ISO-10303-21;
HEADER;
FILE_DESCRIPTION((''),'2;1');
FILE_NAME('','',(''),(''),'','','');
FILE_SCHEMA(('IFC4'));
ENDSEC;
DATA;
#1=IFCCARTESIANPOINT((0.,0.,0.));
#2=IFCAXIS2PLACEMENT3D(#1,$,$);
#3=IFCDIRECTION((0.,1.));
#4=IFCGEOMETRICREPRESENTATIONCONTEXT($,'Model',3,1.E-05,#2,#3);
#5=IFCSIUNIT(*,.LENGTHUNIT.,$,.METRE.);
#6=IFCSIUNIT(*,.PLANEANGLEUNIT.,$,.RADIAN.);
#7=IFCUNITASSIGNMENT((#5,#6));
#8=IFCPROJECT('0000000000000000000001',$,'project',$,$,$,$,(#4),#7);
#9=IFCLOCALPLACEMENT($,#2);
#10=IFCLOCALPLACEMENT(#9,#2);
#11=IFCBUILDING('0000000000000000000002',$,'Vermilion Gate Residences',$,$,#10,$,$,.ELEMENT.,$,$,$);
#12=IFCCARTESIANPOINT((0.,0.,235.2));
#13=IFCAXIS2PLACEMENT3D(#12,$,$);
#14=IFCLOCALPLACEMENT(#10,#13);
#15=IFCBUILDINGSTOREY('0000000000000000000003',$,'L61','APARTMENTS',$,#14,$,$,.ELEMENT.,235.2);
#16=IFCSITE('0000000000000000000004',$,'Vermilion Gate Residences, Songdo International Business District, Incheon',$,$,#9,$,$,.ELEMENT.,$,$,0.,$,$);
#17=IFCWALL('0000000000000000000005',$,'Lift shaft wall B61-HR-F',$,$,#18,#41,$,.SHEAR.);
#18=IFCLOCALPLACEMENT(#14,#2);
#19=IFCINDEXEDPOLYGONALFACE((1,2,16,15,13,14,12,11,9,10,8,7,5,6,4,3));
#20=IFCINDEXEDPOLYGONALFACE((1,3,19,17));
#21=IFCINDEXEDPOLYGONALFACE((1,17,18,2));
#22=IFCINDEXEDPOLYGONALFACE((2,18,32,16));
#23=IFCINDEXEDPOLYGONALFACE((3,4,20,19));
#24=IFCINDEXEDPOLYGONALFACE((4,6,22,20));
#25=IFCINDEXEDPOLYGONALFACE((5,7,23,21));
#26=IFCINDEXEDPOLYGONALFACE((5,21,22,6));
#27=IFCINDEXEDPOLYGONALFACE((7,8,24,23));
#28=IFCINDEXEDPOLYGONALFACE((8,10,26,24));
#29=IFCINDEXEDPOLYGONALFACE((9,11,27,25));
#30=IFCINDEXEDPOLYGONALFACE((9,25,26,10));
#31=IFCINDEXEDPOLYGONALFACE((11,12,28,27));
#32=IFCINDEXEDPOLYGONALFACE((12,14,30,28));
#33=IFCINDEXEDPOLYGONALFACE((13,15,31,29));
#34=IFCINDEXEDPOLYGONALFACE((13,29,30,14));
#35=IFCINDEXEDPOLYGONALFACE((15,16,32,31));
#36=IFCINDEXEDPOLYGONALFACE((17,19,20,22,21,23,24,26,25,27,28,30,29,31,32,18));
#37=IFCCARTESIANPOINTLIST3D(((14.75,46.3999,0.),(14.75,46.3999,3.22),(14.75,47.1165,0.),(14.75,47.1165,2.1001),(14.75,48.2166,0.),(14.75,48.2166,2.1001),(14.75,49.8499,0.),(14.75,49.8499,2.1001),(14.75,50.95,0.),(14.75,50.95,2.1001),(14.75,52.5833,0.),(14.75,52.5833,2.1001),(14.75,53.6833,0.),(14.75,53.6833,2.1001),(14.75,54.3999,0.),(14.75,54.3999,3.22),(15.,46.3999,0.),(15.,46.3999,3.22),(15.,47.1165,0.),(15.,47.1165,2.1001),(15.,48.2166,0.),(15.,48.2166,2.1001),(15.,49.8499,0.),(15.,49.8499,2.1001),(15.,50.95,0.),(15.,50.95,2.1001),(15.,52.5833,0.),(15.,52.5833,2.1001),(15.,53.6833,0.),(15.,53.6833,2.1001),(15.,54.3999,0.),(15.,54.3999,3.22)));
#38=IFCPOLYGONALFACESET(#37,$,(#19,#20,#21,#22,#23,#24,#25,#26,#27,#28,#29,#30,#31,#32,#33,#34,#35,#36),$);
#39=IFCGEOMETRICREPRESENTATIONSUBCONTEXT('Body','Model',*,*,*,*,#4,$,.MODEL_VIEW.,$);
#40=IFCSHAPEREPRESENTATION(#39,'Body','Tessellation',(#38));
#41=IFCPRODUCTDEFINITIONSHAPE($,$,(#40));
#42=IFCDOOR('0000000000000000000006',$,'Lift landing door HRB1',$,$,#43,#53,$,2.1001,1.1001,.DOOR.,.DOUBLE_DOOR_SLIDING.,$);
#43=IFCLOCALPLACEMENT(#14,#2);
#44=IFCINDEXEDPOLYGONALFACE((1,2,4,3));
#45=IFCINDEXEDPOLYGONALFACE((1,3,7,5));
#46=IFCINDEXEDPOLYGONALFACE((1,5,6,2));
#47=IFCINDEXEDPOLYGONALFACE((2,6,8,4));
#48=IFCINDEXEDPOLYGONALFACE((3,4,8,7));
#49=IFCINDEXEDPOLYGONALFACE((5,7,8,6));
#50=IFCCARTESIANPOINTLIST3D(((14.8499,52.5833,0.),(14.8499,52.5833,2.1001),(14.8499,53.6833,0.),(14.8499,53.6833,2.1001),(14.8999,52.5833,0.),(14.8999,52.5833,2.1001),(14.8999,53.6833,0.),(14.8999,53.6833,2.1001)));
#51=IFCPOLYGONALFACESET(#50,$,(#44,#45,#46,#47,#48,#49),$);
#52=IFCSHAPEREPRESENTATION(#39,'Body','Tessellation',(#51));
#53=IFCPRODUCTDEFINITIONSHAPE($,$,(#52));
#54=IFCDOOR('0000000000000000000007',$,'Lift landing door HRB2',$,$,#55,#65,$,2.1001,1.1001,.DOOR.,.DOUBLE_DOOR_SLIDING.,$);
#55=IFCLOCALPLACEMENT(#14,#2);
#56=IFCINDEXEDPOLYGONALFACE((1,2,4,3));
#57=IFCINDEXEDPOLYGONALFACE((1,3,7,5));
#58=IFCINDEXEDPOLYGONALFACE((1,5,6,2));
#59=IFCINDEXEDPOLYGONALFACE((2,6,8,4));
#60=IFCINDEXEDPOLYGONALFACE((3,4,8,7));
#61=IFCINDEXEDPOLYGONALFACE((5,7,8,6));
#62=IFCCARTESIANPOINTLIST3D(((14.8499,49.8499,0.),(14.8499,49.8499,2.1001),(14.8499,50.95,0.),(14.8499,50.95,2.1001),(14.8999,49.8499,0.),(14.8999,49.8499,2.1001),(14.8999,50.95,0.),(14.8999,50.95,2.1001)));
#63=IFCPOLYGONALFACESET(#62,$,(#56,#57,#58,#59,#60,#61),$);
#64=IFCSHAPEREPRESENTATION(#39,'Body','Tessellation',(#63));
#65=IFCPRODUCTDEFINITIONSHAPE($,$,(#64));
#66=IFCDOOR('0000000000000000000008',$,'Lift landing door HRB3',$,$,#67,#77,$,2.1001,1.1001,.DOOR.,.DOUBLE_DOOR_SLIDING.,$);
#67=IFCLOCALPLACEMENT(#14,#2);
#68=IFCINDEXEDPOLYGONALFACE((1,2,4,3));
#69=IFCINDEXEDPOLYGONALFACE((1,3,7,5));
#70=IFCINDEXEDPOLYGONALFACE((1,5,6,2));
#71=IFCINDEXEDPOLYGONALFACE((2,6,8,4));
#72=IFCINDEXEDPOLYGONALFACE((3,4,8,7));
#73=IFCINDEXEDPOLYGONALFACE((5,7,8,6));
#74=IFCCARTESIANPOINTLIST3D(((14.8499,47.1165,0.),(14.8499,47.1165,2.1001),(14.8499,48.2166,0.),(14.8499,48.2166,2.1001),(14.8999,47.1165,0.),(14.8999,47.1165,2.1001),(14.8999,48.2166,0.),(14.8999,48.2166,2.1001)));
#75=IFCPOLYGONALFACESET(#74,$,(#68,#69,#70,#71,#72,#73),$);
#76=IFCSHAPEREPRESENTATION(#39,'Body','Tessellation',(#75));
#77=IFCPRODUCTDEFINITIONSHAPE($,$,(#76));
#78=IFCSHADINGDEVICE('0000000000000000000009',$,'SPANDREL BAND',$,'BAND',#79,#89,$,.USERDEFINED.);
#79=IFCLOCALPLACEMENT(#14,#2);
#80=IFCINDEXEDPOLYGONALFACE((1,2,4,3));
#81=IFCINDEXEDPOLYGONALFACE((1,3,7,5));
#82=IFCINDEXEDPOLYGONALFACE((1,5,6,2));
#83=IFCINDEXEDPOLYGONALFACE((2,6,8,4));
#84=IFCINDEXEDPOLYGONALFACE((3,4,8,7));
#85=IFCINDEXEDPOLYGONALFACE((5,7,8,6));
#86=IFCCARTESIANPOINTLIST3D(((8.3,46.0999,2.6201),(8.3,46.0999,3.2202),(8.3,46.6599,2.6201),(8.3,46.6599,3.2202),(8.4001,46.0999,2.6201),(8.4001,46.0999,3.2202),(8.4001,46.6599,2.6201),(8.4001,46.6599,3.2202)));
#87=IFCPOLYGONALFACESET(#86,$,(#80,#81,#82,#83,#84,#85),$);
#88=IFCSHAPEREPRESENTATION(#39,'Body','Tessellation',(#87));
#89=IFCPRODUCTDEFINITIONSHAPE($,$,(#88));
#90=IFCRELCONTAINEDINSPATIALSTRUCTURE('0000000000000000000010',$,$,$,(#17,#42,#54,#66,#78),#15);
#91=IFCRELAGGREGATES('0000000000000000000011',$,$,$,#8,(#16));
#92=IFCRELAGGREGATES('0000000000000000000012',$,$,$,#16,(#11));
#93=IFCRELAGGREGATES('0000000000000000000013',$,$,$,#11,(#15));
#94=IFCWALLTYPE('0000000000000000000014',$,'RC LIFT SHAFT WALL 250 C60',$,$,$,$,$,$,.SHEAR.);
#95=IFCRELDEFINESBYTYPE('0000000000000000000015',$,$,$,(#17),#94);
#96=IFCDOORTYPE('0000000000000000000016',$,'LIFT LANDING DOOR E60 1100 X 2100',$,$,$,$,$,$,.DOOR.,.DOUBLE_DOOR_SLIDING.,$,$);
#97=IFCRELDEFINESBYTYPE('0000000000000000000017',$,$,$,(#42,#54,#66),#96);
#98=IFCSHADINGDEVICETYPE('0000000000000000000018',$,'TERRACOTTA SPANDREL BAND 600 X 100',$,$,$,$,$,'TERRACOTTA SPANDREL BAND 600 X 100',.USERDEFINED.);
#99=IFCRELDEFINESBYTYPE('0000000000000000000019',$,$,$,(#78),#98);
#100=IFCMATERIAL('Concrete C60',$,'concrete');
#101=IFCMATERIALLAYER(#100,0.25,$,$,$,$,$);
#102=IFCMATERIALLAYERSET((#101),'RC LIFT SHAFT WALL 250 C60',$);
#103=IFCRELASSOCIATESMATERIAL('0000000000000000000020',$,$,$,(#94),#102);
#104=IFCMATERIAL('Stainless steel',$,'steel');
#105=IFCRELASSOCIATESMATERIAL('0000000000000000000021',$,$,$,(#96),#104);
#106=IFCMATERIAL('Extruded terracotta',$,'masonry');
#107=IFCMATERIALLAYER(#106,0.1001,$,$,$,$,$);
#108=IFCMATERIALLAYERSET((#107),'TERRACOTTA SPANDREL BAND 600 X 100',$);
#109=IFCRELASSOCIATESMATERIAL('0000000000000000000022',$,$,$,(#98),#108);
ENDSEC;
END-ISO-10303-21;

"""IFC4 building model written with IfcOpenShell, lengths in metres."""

from ifc_helpers import new_model, si_unit, direction, frame, frame_2d, origin, origin_2d, place, context, subcontext, project, spatial, rectangle, extrude, material, layer, layer_set, type_object, element, fill, save


model = new_model("IFC4")

# Units and contexts
model_context = context("Model", 3, precision=1e-05, world=origin(), true_north=direction((0.0, 1.0)))
body_context = subcontext(model_context, "Body", "Model", "MODEL_VIEW")
ifc_project = project(units=[si_unit("LENGTHUNIT", "METRE"), si_unit("PLANEANGLEUNIT", "RADIAN")], contexts=[model_context])

# Site, building, storey
site_placement = place(None, origin())
site = spatial("IfcSite", under=ifc_project, at=site_placement, Name="Vermilion Gate Residences, Songdo International Business District, Incheon", CompositionType="ELEMENT", RefElevation=0.0)
building_placement = place(site_placement, origin())
building = spatial("IfcBuilding", under=site, at=building_placement, Name="Vermilion Gate Residences", CompositionType="ELEMENT")
storey_placement = place(building_placement, frame((0.0, 0.0, 235.2)))
storey = spatial("IfcBuildingStorey", under=building, at=storey_placement, Name="L61", Description="APARTMENTS", CompositionType="ELEMENT", Elevation=235.2)

# Wall, openings, doors
ifc_material_1 = material(Name="Concrete C60", Category="concrete")
ifc_layer_1 = layer(ifc_material_1, 0.25)
ifc_layer_set_1 = layer_set([ifc_layer_1], Name="RC LIFT SHAFT WALL 250 C60")
wall_type_1 = type_object("IfcWallType", Name="RC LIFT SHAFT WALL 250 C60", PredefinedType="SHEAR", material=ifc_layer_set_1)
wall_1_placement = place(storey_placement, frame((14.875, 54.3999, 0.0), z_axis=(0.0, 0.0, 1.0), x_axis=(0.0, -1.0, 0.0)))
wall_1 = element("IfcWall", 1, at=wall_1_placement, inside=storey, type_object=wall_type_1, Name="Lift shaft wall B61-HR-F", PredefinedType="SHEAR", context=body_context, shape_type="SweptSolid", body=[
    extrude(rectangle(XDim=8.0, YDim=0.25, at=frame_2d((4.0, 0.0))), origin(), (0.0, 0.0, 1.0), 3.22),
])
opening_1_placement = place(wall_1_placement, frame((0.7166, 0.0, 0.0)))
opening_1 = element("IfcOpeningElement", 2, at=opening_1_placement, cuts=wall_1, PredefinedType="OPENING", context=body_context, shape_type="SweptSolid", body=[
    extrude(rectangle(XDim=1.1001, YDim=2.1001, at=frame_2d((0.55, 1.05))), frame((0.0, 0.135, 0.0), z_axis=(0.0, -1.0, 0.0), x_axis=(1.0, 0.0, 0.0)), (0.0, 0.0, 1.0), 0.27),
])
opening_2_placement = place(wall_1_placement, frame((3.45, 0.0, 0.0)))
opening_2 = element("IfcOpeningElement", 3, at=opening_2_placement, cuts=wall_1, PredefinedType="OPENING", context=body_context, shape_type="SweptSolid", body=[
    extrude(rectangle(XDim=1.1001, YDim=2.1001, at=frame_2d((0.55, 1.05))), frame((0.0, 0.135, 0.0), z_axis=(0.0, -1.0, 0.0), x_axis=(1.0, 0.0, 0.0)), (0.0, 0.0, 1.0), 0.27),
])
opening_3_placement = place(wall_1_placement, frame((6.1833, 0.0, 0.0)))
opening_3 = element("IfcOpeningElement", 4, at=opening_3_placement, cuts=wall_1, PredefinedType="OPENING", context=body_context, shape_type="SweptSolid", body=[
    extrude(rectangle(XDim=1.1001, YDim=2.1001, at=frame_2d((0.55, 1.05))), frame((0.0, 0.135, 0.0), z_axis=(0.0, -1.0, 0.0), x_axis=(1.0, 0.0, 0.0)), (0.0, 0.0, 1.0), 0.27),
])
ifc_material_2 = material(Name="Stainless steel", Category="steel")
door_type_1 = type_object("IfcDoorType", Name="LIFT LANDING DOOR E60 1100 X 2100", OperationType="DOUBLE_DOOR_SLIDING", PredefinedType="DOOR", material=ifc_material_2)
door_1_placement = place(opening_1_placement, origin())
door_1 = element("IfcDoor", 5, at=door_1_placement, inside=storey, type_object=door_type_1, Name="Lift landing door HRB1", OperationType="DOUBLE_DOOR_SLIDING", OverallHeight=2.1001, OverallWidth=1.1001, PredefinedType="DOOR", context=body_context, shape_type="SweptSolid", body=[
    extrude(rectangle(XDim=1.1001, YDim=2.1001, at=frame_2d((0.55, 1.05))), frame((0.0, 0.0249, 0.0), z_axis=(0.0, -1.0, 0.0), x_axis=(1.0, 0.0, 0.0)), (0.0, 0.0, 1.0), 0.05),
])
fill(opening_1, door_1)
door_2_placement = place(opening_2_placement, origin())
door_2 = element("IfcDoor", 6, at=door_2_placement, inside=storey, type_object=door_type_1, Name="Lift landing door HRB2", OperationType="DOUBLE_DOOR_SLIDING", OverallHeight=2.1001, OverallWidth=1.1001, PredefinedType="DOOR", context=body_context, shape_type="SweptSolid", body=[
    extrude(rectangle(XDim=1.1001, YDim=2.1001, at=frame_2d((0.55, 1.05))), frame((0.0, 0.0249, 0.0), z_axis=(0.0, -1.0, 0.0), x_axis=(1.0, 0.0, 0.0)), (0.0, 0.0, 1.0), 0.05),
])
fill(opening_2, door_2)
door_3_placement = place(opening_3_placement, origin())
door_3 = element("IfcDoor", 7, at=door_3_placement, inside=storey, type_object=door_type_1, Name="Lift landing door HRB3", OperationType="DOUBLE_DOOR_SLIDING", OverallHeight=2.1001, OverallWidth=1.1001, PredefinedType="DOOR", context=body_context, shape_type="SweptSolid", body=[
    extrude(rectangle(XDim=1.1001, YDim=2.1001, at=frame_2d((0.55, 1.05))), frame((0.0, 0.0249, 0.0), z_axis=(0.0, -1.0, 0.0), x_axis=(1.0, 0.0, 0.0)), (0.0, 0.0, 1.0), 0.05),
])
fill(opening_3, door_3)

# Shading device
ifc_material_3 = material(Name="Extruded terracotta", Category="masonry")
ifc_layer_2 = layer(ifc_material_3, 0.1001)
ifc_layer_set_2 = layer_set([ifc_layer_2], Name="TERRACOTTA SPANDREL BAND 600 X 100")
shading_device_type = type_object("IfcShadingDeviceType", Name="TERRACOTTA SPANDREL BAND 600 X 100", ElementType="TERRACOTTA SPANDREL BAND 600 X 100", PredefinedType="USERDEFINED", material=ifc_layer_set_2)
shading_device_placement = place(storey_placement, frame((8.3501, 46.3799, 2.6201), z_axis=(0.0, 0.0, 1.0), x_axis=(0.0, 1.0, 0.0)))
element("IfcShadingDevice", 8, at=shading_device_placement, inside=storey, type_object=shading_device_type, Name="SPANDREL BAND", ObjectType="BAND", PredefinedType="USERDEFINED", context=body_context, shape_type="SweptSolid", body=[
    extrude(rectangle(XDim=0.5601, YDim=0.1001, at=origin_2d()), origin(), (0.0, 0.0, 1.0), 0.6001),
])

save(model, "model.ifc")
